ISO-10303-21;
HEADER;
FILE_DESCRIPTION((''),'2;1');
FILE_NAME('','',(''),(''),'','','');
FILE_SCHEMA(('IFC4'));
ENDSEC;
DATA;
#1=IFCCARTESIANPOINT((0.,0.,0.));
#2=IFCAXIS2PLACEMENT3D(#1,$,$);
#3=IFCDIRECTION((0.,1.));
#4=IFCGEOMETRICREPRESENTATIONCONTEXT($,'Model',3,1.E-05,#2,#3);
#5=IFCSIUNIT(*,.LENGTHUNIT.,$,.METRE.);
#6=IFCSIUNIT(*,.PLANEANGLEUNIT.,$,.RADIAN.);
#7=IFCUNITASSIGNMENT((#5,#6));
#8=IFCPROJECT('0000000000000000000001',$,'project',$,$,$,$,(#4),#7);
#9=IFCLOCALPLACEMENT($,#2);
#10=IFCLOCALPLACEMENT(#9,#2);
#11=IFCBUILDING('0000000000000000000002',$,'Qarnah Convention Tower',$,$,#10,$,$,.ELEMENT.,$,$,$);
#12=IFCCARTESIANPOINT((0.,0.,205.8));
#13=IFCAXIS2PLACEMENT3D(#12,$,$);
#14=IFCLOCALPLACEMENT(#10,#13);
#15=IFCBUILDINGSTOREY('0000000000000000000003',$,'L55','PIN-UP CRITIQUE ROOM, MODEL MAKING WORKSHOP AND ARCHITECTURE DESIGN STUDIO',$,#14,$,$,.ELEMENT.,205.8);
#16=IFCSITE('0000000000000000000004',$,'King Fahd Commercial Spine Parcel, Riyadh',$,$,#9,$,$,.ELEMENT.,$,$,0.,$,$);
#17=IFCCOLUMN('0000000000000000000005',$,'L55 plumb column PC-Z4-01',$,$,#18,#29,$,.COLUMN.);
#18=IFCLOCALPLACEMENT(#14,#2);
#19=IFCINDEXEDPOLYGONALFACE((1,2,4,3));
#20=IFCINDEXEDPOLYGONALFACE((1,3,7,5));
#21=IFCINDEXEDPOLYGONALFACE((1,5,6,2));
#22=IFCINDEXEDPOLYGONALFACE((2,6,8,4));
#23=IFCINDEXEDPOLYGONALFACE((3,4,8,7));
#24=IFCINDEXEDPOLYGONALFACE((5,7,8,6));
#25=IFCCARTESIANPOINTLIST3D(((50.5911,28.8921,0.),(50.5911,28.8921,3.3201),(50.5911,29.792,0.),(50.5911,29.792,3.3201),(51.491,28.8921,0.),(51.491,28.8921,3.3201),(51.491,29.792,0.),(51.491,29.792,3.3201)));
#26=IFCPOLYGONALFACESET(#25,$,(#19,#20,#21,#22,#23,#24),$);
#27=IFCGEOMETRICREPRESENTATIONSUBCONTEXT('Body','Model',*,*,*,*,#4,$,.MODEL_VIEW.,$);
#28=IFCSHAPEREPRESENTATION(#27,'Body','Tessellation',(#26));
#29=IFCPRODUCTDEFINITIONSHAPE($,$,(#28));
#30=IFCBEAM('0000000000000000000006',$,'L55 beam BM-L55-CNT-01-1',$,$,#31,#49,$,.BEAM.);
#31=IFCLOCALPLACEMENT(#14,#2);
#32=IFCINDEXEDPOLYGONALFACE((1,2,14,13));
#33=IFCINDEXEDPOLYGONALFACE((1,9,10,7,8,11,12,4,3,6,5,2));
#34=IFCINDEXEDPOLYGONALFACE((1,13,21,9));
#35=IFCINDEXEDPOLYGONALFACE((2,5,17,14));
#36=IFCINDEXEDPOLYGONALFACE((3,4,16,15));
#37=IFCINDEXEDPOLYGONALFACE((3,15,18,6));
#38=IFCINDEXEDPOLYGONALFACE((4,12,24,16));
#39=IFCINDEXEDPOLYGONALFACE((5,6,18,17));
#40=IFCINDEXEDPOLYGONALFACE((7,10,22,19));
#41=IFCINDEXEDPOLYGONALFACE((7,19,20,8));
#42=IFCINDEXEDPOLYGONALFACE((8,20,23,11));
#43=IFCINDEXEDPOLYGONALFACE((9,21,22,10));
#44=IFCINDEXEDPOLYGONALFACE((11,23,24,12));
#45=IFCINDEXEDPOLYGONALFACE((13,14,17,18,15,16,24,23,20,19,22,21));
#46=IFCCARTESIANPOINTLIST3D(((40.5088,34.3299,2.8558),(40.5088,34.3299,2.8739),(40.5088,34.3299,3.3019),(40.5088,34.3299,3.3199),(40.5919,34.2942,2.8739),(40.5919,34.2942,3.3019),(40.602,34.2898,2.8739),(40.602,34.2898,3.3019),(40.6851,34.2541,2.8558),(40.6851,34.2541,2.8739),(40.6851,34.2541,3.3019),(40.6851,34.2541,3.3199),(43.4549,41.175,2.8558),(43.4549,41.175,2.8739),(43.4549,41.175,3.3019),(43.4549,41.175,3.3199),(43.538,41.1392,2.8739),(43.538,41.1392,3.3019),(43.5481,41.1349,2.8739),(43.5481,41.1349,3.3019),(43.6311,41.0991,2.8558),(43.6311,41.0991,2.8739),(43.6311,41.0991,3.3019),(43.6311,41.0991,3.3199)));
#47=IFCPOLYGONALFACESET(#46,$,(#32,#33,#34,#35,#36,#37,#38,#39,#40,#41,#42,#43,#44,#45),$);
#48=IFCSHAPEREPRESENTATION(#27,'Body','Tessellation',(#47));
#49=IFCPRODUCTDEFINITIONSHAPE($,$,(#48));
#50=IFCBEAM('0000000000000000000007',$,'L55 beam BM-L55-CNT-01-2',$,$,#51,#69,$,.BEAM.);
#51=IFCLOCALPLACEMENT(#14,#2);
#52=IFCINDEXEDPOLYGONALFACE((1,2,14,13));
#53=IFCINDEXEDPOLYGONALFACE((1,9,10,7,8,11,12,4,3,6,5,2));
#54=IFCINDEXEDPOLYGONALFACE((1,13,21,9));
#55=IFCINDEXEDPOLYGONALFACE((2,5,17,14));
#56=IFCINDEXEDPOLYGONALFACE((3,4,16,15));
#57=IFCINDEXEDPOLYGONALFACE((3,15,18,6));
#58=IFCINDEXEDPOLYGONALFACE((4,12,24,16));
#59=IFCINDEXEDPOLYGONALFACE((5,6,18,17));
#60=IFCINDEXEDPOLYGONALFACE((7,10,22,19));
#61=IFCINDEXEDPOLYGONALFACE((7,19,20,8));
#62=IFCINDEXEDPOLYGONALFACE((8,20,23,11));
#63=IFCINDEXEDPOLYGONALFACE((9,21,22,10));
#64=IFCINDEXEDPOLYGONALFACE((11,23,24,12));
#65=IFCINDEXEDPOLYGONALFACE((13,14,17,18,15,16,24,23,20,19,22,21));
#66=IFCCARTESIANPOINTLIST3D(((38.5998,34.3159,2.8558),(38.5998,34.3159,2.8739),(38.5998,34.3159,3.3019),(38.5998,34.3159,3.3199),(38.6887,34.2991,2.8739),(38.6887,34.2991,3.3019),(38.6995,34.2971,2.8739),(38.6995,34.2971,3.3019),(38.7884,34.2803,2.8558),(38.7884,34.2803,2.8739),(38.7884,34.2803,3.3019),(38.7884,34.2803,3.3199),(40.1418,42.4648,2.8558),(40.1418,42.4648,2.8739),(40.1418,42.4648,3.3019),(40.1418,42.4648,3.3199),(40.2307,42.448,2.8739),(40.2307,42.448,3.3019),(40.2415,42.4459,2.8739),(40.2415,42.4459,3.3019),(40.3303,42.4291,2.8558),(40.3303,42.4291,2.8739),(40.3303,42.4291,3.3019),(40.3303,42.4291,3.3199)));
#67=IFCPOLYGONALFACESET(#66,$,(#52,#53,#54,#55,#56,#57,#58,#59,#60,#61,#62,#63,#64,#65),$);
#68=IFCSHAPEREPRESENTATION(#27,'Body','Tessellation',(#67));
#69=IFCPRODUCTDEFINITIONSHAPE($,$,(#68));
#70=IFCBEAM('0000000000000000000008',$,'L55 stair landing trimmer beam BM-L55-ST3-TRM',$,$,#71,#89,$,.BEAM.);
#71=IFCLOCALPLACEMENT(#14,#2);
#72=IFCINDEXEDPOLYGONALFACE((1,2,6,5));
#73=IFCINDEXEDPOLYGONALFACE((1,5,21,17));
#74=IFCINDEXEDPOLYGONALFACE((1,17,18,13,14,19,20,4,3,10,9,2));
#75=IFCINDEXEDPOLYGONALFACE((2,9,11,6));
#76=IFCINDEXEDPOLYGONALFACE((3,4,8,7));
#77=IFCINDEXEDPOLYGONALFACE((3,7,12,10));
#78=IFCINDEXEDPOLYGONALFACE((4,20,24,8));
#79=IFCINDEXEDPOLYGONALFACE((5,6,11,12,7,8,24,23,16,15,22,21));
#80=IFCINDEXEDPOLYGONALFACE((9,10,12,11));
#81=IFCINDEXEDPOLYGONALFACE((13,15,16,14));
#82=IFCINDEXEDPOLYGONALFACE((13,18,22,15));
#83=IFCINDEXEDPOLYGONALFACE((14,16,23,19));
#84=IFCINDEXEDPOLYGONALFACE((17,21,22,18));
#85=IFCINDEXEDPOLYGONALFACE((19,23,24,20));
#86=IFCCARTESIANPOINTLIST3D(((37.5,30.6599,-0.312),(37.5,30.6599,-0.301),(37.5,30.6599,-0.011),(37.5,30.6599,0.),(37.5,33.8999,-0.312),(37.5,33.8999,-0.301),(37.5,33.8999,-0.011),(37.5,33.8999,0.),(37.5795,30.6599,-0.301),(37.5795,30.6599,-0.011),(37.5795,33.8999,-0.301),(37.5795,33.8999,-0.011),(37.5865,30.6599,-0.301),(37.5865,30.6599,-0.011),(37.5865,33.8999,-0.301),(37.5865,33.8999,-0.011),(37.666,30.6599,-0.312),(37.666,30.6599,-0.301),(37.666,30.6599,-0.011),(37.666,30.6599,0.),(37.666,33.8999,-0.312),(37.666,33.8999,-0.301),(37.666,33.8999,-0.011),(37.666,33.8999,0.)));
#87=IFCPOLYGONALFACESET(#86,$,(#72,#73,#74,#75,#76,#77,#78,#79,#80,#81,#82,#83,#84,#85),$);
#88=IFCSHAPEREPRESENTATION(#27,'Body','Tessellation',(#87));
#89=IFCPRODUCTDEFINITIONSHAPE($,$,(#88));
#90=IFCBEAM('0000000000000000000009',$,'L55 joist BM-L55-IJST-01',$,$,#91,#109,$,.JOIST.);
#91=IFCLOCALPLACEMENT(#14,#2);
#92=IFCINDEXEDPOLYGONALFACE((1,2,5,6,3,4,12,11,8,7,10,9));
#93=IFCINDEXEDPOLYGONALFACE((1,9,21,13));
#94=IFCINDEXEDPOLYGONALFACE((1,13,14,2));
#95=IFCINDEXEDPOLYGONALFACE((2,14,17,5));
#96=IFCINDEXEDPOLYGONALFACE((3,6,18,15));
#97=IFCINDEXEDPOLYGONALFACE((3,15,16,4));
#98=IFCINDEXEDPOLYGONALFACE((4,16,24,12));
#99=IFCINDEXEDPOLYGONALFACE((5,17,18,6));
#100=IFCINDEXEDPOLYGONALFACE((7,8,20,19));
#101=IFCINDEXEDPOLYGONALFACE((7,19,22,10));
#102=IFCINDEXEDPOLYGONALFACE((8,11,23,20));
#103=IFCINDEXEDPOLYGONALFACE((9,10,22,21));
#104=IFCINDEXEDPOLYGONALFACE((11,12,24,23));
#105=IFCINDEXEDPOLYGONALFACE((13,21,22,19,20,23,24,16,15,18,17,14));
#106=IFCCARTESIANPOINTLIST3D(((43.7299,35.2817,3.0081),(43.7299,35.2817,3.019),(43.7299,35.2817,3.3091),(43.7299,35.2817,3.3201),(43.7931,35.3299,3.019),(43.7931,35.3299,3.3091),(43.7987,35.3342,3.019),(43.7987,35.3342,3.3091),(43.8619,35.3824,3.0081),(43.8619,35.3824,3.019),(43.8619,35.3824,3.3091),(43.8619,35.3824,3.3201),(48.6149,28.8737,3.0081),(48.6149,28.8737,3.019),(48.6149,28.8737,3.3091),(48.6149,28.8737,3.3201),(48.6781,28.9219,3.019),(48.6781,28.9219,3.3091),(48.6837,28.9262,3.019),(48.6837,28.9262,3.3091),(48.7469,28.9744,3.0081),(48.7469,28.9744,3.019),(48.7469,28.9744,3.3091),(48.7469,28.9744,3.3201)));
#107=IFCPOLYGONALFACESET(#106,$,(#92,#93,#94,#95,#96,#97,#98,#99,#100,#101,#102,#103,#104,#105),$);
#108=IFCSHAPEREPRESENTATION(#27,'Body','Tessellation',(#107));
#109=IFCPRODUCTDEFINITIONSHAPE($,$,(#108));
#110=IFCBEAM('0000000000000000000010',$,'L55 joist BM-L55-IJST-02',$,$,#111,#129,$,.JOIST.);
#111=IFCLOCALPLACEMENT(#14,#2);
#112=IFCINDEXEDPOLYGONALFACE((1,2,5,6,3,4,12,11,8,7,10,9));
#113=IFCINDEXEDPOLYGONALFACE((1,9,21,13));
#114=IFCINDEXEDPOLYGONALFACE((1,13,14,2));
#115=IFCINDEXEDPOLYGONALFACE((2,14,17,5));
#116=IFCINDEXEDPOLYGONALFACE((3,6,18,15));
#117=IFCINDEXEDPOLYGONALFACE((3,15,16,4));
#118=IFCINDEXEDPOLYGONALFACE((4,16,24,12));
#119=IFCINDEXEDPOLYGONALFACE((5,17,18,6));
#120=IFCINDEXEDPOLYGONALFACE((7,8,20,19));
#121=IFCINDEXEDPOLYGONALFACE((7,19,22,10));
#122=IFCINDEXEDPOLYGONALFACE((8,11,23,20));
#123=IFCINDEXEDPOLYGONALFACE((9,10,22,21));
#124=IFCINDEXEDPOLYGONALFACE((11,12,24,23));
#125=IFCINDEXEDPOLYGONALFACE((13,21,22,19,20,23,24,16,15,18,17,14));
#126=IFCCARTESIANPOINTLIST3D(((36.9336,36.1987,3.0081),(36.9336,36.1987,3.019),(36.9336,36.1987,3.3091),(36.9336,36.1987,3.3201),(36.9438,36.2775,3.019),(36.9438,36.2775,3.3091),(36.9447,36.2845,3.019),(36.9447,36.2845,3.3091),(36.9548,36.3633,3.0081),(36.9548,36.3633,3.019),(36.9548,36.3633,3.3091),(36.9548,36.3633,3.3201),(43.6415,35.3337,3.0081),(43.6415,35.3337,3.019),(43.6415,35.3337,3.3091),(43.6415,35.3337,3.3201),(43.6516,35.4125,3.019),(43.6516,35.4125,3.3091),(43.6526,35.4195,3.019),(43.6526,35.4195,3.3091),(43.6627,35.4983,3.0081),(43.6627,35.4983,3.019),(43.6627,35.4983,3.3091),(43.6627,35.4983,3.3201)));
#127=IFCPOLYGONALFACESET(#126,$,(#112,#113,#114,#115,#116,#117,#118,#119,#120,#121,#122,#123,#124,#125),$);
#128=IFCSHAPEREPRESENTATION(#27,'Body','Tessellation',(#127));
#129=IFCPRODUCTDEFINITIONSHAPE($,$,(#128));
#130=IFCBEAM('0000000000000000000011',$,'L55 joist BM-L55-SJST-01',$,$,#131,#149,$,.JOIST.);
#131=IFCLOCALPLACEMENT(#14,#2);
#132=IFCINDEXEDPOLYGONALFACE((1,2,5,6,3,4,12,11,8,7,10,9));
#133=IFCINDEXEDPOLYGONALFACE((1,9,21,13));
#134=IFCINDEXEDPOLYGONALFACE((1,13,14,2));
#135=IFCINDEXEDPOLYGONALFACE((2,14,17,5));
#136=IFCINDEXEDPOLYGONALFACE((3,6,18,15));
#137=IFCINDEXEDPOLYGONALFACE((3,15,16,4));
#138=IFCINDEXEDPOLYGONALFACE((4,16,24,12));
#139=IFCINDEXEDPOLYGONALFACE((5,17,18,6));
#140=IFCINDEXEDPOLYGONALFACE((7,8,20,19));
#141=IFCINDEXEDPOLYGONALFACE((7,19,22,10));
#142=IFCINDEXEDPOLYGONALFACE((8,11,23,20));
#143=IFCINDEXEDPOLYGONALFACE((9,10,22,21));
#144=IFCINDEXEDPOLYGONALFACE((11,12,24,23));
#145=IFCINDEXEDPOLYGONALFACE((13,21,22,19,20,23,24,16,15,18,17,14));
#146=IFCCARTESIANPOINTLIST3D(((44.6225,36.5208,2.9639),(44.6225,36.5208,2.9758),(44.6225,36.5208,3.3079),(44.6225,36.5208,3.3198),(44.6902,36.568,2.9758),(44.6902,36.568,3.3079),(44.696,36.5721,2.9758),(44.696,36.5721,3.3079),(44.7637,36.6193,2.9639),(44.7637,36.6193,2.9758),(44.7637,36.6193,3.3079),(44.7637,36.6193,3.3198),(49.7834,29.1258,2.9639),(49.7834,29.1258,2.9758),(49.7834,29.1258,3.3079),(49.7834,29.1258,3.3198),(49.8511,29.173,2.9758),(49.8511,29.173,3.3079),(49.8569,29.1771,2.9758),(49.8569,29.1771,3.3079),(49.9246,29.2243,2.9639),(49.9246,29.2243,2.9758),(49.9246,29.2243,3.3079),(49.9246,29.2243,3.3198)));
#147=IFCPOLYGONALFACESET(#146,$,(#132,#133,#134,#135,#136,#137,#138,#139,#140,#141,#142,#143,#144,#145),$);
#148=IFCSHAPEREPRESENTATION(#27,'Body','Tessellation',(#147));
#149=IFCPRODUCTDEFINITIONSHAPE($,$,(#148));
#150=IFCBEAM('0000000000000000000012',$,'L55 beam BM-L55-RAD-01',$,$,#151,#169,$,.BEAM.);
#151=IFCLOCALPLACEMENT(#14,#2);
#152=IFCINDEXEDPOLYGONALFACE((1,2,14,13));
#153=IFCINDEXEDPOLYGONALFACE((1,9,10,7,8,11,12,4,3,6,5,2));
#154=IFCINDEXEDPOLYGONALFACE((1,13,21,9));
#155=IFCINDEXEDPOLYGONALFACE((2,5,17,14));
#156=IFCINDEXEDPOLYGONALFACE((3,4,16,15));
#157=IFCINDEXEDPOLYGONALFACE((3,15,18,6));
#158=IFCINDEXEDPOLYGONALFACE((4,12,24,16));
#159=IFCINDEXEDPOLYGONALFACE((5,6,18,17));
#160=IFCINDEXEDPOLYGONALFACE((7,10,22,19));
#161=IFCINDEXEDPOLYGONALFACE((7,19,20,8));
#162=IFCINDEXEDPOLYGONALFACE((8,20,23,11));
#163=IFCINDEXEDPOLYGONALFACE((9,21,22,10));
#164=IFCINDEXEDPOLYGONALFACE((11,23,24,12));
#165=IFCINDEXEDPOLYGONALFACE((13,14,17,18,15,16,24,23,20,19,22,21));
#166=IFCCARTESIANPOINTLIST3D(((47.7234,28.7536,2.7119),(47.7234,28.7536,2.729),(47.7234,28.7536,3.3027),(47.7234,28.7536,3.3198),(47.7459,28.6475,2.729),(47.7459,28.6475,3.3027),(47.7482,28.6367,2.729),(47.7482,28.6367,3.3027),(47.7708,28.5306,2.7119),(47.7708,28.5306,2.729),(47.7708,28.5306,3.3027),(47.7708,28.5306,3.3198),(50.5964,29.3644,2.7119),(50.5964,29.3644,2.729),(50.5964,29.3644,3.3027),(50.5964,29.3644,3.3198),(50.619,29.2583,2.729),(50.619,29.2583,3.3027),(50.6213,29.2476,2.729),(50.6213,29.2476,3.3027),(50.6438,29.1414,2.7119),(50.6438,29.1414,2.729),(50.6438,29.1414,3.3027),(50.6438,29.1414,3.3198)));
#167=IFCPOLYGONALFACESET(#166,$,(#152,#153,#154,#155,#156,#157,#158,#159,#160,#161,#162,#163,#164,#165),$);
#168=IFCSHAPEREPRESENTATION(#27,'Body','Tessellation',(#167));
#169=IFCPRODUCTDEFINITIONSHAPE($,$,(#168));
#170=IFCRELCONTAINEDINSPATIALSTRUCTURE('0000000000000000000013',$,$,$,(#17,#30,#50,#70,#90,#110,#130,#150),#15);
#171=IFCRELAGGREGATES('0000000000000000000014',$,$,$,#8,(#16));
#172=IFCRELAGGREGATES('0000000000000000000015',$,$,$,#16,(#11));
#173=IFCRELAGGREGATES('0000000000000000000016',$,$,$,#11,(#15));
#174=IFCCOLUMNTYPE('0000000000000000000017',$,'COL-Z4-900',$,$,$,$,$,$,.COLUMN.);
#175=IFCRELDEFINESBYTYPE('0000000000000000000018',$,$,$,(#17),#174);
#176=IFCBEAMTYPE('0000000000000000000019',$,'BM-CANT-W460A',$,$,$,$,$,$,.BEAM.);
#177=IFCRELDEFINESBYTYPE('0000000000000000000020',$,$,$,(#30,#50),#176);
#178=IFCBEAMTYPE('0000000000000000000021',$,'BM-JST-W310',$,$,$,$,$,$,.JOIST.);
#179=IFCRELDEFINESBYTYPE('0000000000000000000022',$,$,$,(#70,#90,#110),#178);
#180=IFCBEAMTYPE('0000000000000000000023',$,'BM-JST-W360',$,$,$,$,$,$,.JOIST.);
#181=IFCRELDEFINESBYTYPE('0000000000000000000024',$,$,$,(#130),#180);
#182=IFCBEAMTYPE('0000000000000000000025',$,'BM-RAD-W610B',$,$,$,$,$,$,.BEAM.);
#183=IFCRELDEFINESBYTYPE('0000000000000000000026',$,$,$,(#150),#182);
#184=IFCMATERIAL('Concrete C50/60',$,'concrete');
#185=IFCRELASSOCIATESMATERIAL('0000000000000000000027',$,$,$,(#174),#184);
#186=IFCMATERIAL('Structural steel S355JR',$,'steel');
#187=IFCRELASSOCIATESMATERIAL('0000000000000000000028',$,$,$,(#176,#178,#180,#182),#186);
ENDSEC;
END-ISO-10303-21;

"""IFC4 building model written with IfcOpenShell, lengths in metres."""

from ifc_helpers import new_model, si_unit, direction, frame, origin, origin_2d, place, context, subcontext, project, spatial, rectangle, i_section, extrude, material, material_profile, profile_set, type_object, element, save


model = new_model("IFC4")

# Units and contexts
model_context = context("Model", 3, precision=1e-05, world=origin(), true_north=direction((0.0, 1.0)))
body_context = subcontext(model_context, "Body", "Model", "MODEL_VIEW")
ifc_project = project(units=[si_unit("LENGTHUNIT", "METRE"), si_unit("PLANEANGLEUNIT", "RADIAN")], contexts=[model_context])

# Site, building, storey
site_placement = place(None, origin())
site = spatial("IfcSite", under=ifc_project, at=site_placement, Name="King Fahd Commercial Spine Parcel, Riyadh", CompositionType="ELEMENT", RefElevation=0.0)
building_placement = place(site_placement, origin())
building = spatial("IfcBuilding", under=site, at=building_placement, Name="Qarnah Convention Tower", CompositionType="ELEMENT")
storey_placement = place(building_placement, frame((0.0, 0.0, 205.8)))
storey = spatial("IfcBuildingStorey", under=building, at=storey_placement, Name="L55", Description="PIN-UP CRITIQUE ROOM, MODEL MAKING WORKSHOP AND ARCHITECTURE DESIGN STUDIO", CompositionType="ELEMENT", Elevation=205.8)

# Column
ifc_material_1 = material(Name="Concrete C50/60", Category="concrete")
ifc_material_profile_1 = material_profile(ifc_material_1, rectangle(XDim=0.8999, YDim=0.8999, at=origin_2d()), Name="RC-COL-900X900")
ifc_profile_set_1 = profile_set([ifc_material_profile_1], Name="Concrete C50/60")
column_type = type_object("IfcColumnType", Name="COL-Z4-900", PredefinedType="COLUMN", material=ifc_profile_set_1)
column_placement = place(storey_placement, frame((51.041, 29.342, 0.0), z_axis=(0.0, 0.0, 1.0), x_axis=(1.0, 0.0, 0.0)))
element("IfcColumn", 1, at=column_placement, inside=storey, type_object=column_type, Name="L55 plumb column PC-Z4-01", PredefinedType="COLUMN", context=body_context, shape_type="SweptSolid", body=[
    extrude(rectangle(XDim=0.8999, YDim=0.8999, at=origin_2d()), origin(), (0.0, 0.0, 1.0), 3.3201),
])

# Beams
ifc_material_2 = material(Name="Structural steel S355JR", Category="steel")
ifc_material_profile_2 = material_profile(ifc_material_2, i_section(OverallWidth=0.1919, OverallDepth=0.4641, WebThickness=0.011, FlangeThickness=0.0181, at=origin_2d()), Name="W460X89")
ifc_profile_set_2 = profile_set([ifc_material_profile_2], Name="Structural steel S355JR")
beam_type_1 = type_object("IfcBeamType", Name="BM-CANT-W460A", PredefinedType="BEAM", material=ifc_profile_set_2)
beam_1_placement = place(storey_placement, frame((40.5969, 34.292, 3.0879), z_axis=(0.395334, 0.918537, 0.0), x_axis=(-0.918537, 0.395334, 0.0)))
element("IfcBeam", 2, at=beam_1_placement, inside=storey, type_object=beam_type_1, Name="L55 beam BM-L55-CNT-01-1", PredefinedType="BEAM", context=body_context, shape_type="SweptSolid", body=[
    extrude(i_section(OverallWidth=0.1919, OverallDepth=0.4641, WebThickness=0.011, FlangeThickness=0.0181, at=origin_2d()), origin(), (0.0, 0.0, 1.0), 7.4521),
])
beam_2_placement = place(storey_placement, frame((38.6941, 34.2981, 3.0879), z_axis=(0.185927, 0.982564, 0.0), x_axis=(-0.982564, 0.185927, 0.0)))
element("IfcBeam", 3, at=beam_2_placement, inside=storey, type_object=beam_type_1, Name="L55 beam BM-L55-CNT-01-2", PredefinedType="BEAM", context=body_context, shape_type="SweptSolid", body=[
    extrude(i_section(OverallWidth=0.1919, OverallDepth=0.4641, WebThickness=0.011, FlangeThickness=0.0181, at=origin_2d()), origin(), (0.0, 0.0, 1.0), 8.2935),
])
ifc_material_profile_3 = material_profile(ifc_material_2, i_section(OverallWidth=0.166, OverallDepth=0.312, WebThickness=0.0071, FlangeThickness=0.011, at=origin_2d()), Name="W310X45")
ifc_profile_set_3 = profile_set([ifc_material_profile_3], Name="Structural steel S355JR")
beam_type_2 = type_object("IfcBeamType", Name="BM-JST-W310", PredefinedType="JOIST", material=ifc_profile_set_3)
beam_3_placement = place(storey_placement, frame((37.583, 30.6599, -0.156), z_axis=(0.0, 1.0, 0.0), x_axis=(-1.0, 0.0, 0.0)))
element("IfcBeam", 4, at=beam_3_placement, inside=storey, type_object=beam_type_2, Name="L55 stair landing trimmer beam BM-L55-ST3-TRM", PredefinedType="BEAM", context=body_context, shape_type="SweptSolid", body=[
    extrude(i_section(OverallWidth=0.166, OverallDepth=0.312, WebThickness=0.0071, FlangeThickness=0.011, at=origin_2d()), origin(), (0.0, 0.0, 1.0), 3.24),
])
beam_4_placement = place(storey_placement, frame((48.6809, 28.9241, 3.1641), z_axis=(-0.60626, 0.795267, 0.0), x_axis=(-0.795267, -0.60626, 0.0)))
element("IfcBeam", 5, at=beam_4_placement, inside=storey, type_object=beam_type_2, Name="L55 joist BM-L55-IJST-01", PredefinedType="JOIST", context=body_context, shape_type="SweptSolid", body=[
    extrude(i_section(OverallWidth=0.166, OverallDepth=0.312, WebThickness=0.0071, FlangeThickness=0.011, at=origin_2d()), origin(), (0.0, 0.0, 1.0), 8.0576),
])
beam_5_placement = place(storey_placement, frame((43.6521, 35.416, 3.1641), z_axis=(-0.991788, 0.12789, 0.0), x_axis=(-0.12789, -0.991788, 0.0)))
element("IfcBeam", 6, at=beam_5_placement, inside=storey, type_object=beam_type_2, Name="L55 joist BM-L55-IJST-02", PredefinedType="JOIST", context=body_context, shape_type="SweptSolid", body=[
    extrude(i_section(OverallWidth=0.166, OverallDepth=0.312, WebThickness=0.0071, FlangeThickness=0.011, at=origin_2d()), origin(), (0.0, 0.0, 1.0), 6.7634),
])
ifc_material_profile_4 = material_profile(ifc_material_2, i_section(OverallWidth=0.1721, OverallDepth=0.356, WebThickness=0.0071, FlangeThickness=0.012, at=origin_2d()), Name="W360X51")
ifc_profile_set_4 = profile_set([ifc_material_profile_4], Name="Structural steel S355JR")
beam_type_3 = type_object("IfcBeamType", Name="BM-JST-W360", PredefinedType="JOIST", material=ifc_profile_set_4)
beam_6_placement = place(storey_placement, frame((49.854, 29.175, 3.1418), z_axis=(-0.572299, 0.820045, 0.0), x_axis=(-0.820045, -0.572299, 0.0)))
element("IfcBeam", 7, at=beam_6_placement, inside=storey, type_object=beam_type_3, Name="L55 joist BM-L55-SJST-01", PredefinedType="JOIST", context=body_context, shape_type="SweptSolid", body=[
    extrude(i_section(OverallWidth=0.1721, OverallDepth=0.356, WebThickness=0.0071, FlangeThickness=0.012, at=origin_2d()), origin(), (0.0, 0.0, 1.0), 9.0178),
])
ifc_material_profile_5 = material_profile(ifc_material_2, i_section(OverallWidth=0.228, OverallDepth=0.6079, WebThickness=0.011, FlangeThickness=0.0171, at=origin_2d()), Name="W610X113")
ifc_profile_set_5 = profile_set([ifc_material_profile_5], Name="Structural steel S355JR")
beam_type_4 = type_object("IfcBeamType", Name="BM-RAD-W610B", PredefinedType="BEAM", material=ifc_profile_set_5)
beam_7_placement = place(storey_placement, frame((47.7471, 28.6421, 3.0159), z_axis=(0.978137, 0.207962, 0.0), x_axis=(-0.207962, 0.978137, 0.0)))
element("IfcBeam", 8, at=beam_7_placement, inside=storey, type_object=beam_type_4, Name="L55 beam BM-L55-RAD-01", PredefinedType="BEAM", context=body_context, shape_type="SweptSolid", body=[
    extrude(i_section(OverallWidth=0.228, OverallDepth=0.6079, WebThickness=0.011, FlangeThickness=0.0171, at=origin_2d()), origin(), (0.0, 0.0, 1.0), 2.9373),
])

save(model, "model.ifc")
